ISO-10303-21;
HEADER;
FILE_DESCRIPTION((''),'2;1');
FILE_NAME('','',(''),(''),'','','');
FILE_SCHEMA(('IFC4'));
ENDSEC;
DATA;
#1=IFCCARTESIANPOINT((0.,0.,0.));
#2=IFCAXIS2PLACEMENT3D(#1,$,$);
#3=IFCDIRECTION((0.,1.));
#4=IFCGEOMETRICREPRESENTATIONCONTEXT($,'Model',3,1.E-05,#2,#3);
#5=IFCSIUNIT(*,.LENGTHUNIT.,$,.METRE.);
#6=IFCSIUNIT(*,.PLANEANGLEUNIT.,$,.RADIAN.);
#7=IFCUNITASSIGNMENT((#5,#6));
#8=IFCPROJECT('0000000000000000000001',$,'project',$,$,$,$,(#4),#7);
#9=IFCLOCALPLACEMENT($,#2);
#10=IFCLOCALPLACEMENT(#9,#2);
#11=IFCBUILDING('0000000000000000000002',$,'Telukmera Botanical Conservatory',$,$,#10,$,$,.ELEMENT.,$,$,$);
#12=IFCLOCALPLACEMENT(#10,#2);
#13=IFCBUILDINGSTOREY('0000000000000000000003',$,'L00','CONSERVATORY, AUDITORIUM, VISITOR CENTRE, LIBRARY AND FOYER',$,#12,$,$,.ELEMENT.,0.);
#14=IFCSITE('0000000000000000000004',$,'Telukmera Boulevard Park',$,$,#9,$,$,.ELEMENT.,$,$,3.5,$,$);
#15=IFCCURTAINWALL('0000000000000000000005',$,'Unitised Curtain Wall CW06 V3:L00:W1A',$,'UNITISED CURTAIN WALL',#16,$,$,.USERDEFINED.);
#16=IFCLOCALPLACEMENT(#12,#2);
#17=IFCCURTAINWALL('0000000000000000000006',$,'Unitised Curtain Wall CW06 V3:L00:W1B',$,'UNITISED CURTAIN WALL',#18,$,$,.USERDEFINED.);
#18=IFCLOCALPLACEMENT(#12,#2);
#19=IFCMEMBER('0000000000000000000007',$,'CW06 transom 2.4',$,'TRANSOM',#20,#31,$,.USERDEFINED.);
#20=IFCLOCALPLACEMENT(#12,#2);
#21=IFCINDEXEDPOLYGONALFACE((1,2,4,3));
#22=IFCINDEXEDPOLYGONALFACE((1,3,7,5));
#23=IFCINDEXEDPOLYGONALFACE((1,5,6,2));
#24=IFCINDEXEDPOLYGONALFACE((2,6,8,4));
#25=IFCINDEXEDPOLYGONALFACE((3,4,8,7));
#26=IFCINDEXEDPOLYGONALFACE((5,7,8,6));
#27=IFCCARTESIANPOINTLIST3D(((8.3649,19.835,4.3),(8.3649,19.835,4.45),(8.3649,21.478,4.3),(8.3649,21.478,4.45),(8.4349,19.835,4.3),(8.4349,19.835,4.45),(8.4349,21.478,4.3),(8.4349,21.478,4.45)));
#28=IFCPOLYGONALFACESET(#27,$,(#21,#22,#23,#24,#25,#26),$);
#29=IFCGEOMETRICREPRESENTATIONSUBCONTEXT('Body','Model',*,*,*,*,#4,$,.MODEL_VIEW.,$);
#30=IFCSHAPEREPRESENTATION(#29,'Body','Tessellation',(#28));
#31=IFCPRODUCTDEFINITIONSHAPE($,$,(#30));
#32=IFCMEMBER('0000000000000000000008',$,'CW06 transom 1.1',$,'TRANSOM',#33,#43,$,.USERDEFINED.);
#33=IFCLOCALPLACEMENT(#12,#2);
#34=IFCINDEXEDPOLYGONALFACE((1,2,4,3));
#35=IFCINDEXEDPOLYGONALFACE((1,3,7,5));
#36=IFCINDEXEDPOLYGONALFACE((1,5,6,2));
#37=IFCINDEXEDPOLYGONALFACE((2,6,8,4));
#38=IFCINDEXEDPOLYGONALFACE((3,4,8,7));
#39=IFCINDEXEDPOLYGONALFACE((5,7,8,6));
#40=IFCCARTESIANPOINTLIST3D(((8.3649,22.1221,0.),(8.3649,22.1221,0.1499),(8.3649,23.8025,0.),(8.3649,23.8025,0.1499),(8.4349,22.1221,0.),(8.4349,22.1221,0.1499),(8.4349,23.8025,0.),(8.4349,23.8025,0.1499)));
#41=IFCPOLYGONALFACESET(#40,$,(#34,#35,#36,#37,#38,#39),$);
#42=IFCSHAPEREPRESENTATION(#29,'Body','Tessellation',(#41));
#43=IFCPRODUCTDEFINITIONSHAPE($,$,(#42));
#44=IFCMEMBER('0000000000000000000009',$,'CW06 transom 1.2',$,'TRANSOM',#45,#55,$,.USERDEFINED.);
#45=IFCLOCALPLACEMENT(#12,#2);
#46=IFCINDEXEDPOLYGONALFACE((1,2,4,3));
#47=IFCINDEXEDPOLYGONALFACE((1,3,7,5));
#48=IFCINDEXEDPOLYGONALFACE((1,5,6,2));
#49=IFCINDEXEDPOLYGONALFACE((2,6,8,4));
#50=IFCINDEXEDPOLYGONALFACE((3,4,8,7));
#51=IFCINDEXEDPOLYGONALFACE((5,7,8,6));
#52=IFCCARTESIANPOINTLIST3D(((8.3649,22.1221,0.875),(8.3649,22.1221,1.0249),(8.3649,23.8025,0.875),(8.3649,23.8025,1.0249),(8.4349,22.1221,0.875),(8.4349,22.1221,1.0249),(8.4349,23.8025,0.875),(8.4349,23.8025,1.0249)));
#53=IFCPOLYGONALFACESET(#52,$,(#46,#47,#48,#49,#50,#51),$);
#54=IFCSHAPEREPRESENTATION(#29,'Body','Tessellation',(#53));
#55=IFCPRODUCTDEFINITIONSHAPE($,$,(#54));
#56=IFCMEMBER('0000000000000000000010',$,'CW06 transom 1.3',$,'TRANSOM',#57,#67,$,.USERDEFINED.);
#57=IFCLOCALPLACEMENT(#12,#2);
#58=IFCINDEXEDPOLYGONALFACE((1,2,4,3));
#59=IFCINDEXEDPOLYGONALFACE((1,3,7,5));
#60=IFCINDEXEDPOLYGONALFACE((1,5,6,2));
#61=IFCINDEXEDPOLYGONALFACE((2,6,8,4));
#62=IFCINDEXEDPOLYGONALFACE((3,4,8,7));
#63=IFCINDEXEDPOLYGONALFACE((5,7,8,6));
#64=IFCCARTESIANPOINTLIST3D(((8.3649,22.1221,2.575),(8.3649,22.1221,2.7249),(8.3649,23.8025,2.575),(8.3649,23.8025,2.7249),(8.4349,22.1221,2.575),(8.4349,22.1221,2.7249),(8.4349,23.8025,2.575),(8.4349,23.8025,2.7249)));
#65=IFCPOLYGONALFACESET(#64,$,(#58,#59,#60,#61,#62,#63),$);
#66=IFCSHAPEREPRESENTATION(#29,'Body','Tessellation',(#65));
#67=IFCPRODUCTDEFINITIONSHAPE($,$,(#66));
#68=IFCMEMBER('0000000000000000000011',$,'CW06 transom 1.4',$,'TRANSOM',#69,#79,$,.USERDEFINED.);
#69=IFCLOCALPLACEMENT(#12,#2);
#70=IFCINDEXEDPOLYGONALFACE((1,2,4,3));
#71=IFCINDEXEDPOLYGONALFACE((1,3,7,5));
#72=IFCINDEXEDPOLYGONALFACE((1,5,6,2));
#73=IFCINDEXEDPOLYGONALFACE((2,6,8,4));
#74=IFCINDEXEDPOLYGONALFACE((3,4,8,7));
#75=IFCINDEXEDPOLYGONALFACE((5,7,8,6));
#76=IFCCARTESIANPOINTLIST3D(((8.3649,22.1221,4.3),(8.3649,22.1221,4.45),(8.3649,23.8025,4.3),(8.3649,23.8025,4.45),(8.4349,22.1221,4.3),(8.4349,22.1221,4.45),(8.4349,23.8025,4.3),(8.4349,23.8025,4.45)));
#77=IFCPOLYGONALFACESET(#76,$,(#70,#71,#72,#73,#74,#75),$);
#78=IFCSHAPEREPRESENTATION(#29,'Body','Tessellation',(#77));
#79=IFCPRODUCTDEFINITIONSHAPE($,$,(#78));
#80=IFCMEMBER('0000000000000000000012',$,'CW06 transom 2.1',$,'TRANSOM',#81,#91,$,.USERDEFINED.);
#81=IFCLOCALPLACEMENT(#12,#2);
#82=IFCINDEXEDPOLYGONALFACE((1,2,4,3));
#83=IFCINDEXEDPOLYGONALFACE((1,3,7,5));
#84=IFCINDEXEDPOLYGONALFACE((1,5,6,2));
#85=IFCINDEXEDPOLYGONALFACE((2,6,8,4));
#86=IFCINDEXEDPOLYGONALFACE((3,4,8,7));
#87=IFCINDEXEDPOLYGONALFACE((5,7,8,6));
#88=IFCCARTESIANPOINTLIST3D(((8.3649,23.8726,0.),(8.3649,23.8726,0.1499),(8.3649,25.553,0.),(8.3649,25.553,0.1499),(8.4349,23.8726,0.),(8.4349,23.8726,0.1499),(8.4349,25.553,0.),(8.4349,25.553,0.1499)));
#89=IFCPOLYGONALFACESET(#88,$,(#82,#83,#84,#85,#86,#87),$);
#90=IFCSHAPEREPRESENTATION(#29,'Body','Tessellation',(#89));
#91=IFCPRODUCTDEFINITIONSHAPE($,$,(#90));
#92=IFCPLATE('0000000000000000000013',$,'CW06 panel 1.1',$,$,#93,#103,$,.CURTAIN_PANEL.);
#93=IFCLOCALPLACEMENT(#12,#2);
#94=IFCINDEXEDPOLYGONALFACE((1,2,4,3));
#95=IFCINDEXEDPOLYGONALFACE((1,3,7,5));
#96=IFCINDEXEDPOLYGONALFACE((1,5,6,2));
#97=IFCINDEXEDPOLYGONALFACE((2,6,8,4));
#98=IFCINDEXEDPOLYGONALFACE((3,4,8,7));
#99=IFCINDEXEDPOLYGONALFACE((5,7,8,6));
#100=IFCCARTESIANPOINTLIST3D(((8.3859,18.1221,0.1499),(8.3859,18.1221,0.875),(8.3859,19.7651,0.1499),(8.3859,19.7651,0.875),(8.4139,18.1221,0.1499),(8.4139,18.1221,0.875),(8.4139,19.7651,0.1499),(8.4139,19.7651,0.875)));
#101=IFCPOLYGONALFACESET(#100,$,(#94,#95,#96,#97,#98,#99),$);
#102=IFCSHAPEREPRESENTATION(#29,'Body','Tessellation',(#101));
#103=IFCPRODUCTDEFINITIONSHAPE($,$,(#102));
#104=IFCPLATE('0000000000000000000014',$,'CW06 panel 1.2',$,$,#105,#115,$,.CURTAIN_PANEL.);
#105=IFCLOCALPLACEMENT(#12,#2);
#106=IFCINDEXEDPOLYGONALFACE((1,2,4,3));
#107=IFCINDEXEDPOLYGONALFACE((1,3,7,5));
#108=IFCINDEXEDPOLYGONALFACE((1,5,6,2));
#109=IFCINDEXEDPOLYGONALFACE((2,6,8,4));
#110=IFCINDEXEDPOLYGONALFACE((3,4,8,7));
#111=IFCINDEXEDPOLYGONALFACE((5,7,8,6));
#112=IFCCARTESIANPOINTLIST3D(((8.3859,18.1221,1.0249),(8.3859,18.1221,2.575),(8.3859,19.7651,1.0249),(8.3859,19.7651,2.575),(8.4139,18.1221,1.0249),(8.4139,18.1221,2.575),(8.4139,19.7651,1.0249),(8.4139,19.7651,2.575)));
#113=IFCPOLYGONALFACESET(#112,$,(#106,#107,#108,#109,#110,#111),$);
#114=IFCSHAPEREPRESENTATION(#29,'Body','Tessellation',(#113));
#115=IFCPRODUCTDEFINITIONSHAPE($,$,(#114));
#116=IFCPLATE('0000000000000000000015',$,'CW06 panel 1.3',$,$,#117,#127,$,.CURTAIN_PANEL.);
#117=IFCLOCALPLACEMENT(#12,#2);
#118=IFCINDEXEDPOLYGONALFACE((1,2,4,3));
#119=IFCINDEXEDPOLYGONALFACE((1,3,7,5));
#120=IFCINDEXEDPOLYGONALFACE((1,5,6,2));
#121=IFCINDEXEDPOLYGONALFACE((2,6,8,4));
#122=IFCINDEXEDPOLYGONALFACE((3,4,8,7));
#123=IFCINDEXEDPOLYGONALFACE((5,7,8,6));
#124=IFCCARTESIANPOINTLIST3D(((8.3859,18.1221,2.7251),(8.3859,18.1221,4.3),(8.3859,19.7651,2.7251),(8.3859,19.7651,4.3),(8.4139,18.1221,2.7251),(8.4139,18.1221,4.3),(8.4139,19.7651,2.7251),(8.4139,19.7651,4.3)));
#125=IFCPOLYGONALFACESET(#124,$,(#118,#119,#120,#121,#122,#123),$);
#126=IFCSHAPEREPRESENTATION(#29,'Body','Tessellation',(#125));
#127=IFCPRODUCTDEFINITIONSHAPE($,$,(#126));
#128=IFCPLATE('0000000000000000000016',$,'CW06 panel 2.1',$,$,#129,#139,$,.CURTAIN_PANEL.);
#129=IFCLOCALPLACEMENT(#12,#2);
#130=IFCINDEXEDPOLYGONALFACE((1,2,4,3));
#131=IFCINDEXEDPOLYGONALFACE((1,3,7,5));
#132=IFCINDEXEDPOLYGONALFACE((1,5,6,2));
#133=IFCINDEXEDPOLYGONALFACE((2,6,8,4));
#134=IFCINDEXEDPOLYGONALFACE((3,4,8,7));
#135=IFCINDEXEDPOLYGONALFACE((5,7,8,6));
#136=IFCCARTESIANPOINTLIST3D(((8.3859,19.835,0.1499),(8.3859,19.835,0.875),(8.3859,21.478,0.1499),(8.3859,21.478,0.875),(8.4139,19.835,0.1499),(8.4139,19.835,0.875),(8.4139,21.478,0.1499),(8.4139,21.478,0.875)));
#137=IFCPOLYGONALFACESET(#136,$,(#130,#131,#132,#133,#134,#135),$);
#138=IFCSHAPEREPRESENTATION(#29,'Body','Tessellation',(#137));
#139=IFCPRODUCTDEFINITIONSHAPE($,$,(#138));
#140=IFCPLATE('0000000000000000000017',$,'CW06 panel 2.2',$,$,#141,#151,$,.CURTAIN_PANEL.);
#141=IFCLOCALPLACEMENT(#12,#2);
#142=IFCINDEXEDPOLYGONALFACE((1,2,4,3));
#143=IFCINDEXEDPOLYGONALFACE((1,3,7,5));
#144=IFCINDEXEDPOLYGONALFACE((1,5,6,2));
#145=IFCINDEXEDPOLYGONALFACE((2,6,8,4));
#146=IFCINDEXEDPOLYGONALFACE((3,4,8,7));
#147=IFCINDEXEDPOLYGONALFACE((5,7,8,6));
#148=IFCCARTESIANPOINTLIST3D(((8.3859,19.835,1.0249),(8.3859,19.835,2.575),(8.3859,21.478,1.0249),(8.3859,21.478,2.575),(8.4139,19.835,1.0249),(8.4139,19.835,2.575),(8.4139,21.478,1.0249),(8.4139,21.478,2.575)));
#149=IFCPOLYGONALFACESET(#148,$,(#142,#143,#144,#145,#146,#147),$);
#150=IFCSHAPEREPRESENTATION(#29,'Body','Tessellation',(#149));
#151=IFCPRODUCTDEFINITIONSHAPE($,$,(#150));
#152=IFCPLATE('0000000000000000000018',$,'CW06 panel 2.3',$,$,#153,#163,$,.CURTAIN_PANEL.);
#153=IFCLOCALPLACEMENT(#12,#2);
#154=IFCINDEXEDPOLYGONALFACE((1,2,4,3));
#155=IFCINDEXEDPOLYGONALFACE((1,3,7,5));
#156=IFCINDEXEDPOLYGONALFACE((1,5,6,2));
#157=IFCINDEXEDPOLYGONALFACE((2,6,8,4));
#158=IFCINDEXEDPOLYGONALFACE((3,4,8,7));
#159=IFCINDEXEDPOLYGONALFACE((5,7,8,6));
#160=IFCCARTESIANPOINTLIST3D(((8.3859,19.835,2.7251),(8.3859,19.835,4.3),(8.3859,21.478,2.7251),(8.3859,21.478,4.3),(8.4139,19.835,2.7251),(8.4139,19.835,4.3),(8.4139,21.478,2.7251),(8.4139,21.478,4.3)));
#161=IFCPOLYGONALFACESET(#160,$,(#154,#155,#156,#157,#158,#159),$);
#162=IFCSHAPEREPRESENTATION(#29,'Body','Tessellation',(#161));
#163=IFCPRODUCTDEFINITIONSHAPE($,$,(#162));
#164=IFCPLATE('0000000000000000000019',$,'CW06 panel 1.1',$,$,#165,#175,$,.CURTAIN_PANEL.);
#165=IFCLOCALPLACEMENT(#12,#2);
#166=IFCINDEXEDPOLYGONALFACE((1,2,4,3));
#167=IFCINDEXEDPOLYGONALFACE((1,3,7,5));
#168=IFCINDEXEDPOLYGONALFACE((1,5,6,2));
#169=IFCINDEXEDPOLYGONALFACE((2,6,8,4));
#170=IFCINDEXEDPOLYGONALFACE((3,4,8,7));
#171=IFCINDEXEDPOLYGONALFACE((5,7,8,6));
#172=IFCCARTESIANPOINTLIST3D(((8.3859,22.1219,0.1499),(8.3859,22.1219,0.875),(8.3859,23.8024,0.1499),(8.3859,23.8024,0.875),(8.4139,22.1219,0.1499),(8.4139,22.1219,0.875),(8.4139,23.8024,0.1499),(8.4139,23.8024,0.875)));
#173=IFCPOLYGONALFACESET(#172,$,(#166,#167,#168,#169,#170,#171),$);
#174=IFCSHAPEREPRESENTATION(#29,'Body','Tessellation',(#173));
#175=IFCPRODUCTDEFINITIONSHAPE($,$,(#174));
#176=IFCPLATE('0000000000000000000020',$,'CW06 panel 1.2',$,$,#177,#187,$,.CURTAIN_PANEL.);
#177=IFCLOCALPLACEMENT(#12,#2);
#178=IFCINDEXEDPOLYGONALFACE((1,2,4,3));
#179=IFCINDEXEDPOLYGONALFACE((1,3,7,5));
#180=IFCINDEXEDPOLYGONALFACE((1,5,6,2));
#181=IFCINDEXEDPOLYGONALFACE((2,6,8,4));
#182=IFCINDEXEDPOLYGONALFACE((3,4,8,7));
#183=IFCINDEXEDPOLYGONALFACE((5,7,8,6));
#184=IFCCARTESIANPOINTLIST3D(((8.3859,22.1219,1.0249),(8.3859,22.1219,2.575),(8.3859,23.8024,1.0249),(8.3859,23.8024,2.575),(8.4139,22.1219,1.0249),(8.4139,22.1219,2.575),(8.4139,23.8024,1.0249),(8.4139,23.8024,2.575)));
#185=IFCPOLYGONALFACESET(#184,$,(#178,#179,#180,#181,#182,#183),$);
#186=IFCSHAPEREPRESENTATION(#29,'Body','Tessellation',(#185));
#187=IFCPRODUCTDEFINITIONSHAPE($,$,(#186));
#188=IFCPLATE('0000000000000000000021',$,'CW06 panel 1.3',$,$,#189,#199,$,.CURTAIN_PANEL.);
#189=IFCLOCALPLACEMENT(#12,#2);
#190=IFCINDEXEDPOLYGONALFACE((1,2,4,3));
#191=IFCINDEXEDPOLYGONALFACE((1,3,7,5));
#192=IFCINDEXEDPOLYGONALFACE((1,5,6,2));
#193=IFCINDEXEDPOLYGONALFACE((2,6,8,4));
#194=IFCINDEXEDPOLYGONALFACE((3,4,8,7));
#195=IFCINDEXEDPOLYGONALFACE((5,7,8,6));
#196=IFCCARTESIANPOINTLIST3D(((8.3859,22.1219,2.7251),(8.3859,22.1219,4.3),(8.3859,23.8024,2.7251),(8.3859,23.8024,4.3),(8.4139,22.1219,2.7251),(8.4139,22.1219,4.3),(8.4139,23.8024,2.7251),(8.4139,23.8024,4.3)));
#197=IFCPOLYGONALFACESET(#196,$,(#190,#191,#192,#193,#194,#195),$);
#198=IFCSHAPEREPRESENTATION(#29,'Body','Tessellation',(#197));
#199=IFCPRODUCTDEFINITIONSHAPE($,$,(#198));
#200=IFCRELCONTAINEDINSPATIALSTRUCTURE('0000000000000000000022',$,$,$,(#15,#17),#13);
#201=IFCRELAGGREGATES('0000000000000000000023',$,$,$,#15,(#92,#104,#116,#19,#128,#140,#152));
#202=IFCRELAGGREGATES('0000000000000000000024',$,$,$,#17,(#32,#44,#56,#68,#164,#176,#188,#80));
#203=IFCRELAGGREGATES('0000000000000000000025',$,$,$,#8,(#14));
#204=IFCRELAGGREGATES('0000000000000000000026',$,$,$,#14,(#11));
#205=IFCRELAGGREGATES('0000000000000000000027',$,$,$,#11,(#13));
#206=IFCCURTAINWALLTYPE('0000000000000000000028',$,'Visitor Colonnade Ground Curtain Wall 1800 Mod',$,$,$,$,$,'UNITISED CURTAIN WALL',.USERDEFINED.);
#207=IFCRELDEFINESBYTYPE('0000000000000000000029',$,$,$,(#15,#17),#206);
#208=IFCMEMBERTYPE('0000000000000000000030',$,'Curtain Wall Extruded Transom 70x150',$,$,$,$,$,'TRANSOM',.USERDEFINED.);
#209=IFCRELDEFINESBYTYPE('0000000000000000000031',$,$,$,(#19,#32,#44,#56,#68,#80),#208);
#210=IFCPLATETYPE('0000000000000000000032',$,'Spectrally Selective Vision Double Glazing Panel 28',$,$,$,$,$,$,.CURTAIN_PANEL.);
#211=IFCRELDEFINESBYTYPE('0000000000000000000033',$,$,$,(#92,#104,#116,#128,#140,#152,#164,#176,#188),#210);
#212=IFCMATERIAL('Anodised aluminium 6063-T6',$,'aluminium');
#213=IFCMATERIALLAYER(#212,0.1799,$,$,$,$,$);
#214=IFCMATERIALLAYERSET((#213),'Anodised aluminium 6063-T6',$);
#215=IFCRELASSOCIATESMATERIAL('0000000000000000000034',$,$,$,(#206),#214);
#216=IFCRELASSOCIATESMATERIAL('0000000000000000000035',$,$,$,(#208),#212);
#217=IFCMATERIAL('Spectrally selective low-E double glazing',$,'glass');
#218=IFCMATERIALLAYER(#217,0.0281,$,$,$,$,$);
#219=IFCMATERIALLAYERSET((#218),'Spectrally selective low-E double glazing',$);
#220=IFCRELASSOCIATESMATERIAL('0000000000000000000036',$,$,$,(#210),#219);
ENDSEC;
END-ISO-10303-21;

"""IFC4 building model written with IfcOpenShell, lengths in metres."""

from ifc_helpers import new_model, si_unit, direction, frame, origin, origin_2d, place, context, subcontext, project, spatial, rectangle, extrude, material, layer, layer_set, material_profile, profile_set, type_object, element, aggregate, save


model = new_model("IFC4")

# Units and contexts
model_context = context("Model", 3, precision=1e-05, world=origin(), true_north=direction((0.0, 1.0)))
body_context = subcontext(model_context, "Body", "Model", "MODEL_VIEW")
ifc_project = project(units=[si_unit("LENGTHUNIT", "METRE"), si_unit("PLANEANGLEUNIT", "RADIAN")], contexts=[model_context])

# Site, building, storey
site_placement = place(None, origin())
site = spatial("IfcSite", under=ifc_project, at=site_placement, Name="Telukmera Boulevard Park", CompositionType="ELEMENT", RefElevation=3.5)
building_placement = place(site_placement, origin())
building = spatial("IfcBuilding", under=site, at=building_placement, Name="Telukmera Botanical Conservatory", CompositionType="ELEMENT")
storey_placement = place(building_placement, origin())
storey = spatial("IfcBuildingStorey", under=building, at=storey_placement, Name="L00", Description="CONSERVATORY, AUDITORIUM, VISITOR CENTRE, LIBRARY AND FOYER", CompositionType="ELEMENT", Elevation=0.0)

# Curtain walls
ifc_material_1 = material(Name="Anodised aluminium 6063-T6", Category="aluminium")
ifc_layer_1 = layer(ifc_material_1, 0.1799)
ifc_layer_set_1 = layer_set([ifc_layer_1], Name="Anodised aluminium 6063-T6")
curtain_wall_type = type_object("IfcCurtainWallType", Name="Visitor Colonnade Ground Curtain Wall 1800 Mod", ElementType="UNITISED CURTAIN WALL", PredefinedType="USERDEFINED", material=ifc_layer_set_1)
curtain_wall_1_placement = place(storey_placement, origin())
curtain_wall_1 = element("IfcCurtainWall", 1, at=curtain_wall_1_placement, inside=storey, type_object=curtain_wall_type, Name="Unitised Curtain Wall CW06 V3:L00:W1A", ObjectType="UNITISED CURTAIN WALL", PredefinedType="USERDEFINED")
curtain_wall_2_placement = place(storey_placement, origin())
curtain_wall_2 = element("IfcCurtainWall", 2, at=curtain_wall_2_placement, inside=storey, type_object=curtain_wall_type, Name="Unitised Curtain Wall CW06 V3:L00:W1B", ObjectType="UNITISED CURTAIN WALL", PredefinedType="USERDEFINED")

# Members
ifc_material_profile_1 = material_profile(ifc_material_1, rectangle(XDim=0.0701, YDim=0.1499, at=origin_2d()), Name="ALU TRAN 70x150")
ifc_profile_set_1 = profile_set([ifc_material_profile_1], Name="Anodised aluminium 6063-T6")
member_type_1 = type_object("IfcMemberType", Name="Curtain Wall Extruded Transom 70x150", ElementType="TRANSOM", PredefinedType="USERDEFINED", material=ifc_profile_set_1)
member_1_placement = place(storey_placement, frame((8.3999, 19.835, 4.375), z_axis=(0.0, 1.0, 0.0), x_axis=(-1.0, 0.0, 0.0)))
member_1 = element("IfcMember", 3, at=member_1_placement, type_object=member_type_1, Name="CW06 transom 2.4", ObjectType="TRANSOM", PredefinedType="USERDEFINED", context=body_context, shape_type="SweptSolid", body=[
    extrude(rectangle(XDim=0.0701, YDim=0.1499, at=origin_2d()), origin(), (0.0, 0.0, 1.0), 1.6431),
])
member_2_placement = place(storey_placement, frame((8.3999, 22.1221, 0.075), z_axis=(0.0, 1.0, 0.0), x_axis=(-1.0, 0.0, 0.0)))
member_2 = element("IfcMember", 4, at=member_2_placement, type_object=member_type_1, Name="CW06 transom 1.1", ObjectType="TRANSOM", PredefinedType="USERDEFINED", context=body_context, shape_type="SweptSolid", body=[
    extrude(rectangle(XDim=0.0701, YDim=0.1499, at=origin_2d()), origin(), (0.0, 0.0, 1.0), 1.6804),
])
member_3_placement = place(storey_placement, frame((8.3999, 22.1221, 0.95), z_axis=(0.0, 1.0, 0.0), x_axis=(-1.0, 0.0, 0.0)))
member_3 = element("IfcMember", 5, at=member_3_placement, type_object=member_type_1, Name="CW06 transom 1.2", ObjectType="TRANSOM", PredefinedType="USERDEFINED", context=body_context, shape_type="SweptSolid", body=[
    extrude(rectangle(XDim=0.0701, YDim=0.1499, at=origin_2d()), origin(), (0.0, 0.0, 1.0), 1.6804),
])
member_4_placement = place(storey_placement, frame((8.3999, 22.1221, 2.6499), z_axis=(0.0, 1.0, 0.0), x_axis=(-1.0, 0.0, 0.0)))
member_4 = element("IfcMember", 6, at=member_4_placement, type_object=member_type_1, Name="CW06 transom 1.3", ObjectType="TRANSOM", PredefinedType="USERDEFINED", context=body_context, shape_type="SweptSolid", body=[
    extrude(rectangle(XDim=0.0701, YDim=0.1499, at=origin_2d()), origin(), (0.0, 0.0, 1.0), 1.6804),
])
member_5_placement = place(storey_placement, frame((8.3999, 22.1221, 4.375), z_axis=(0.0, 1.0, 0.0), x_axis=(-1.0, 0.0, 0.0)))
member_5 = element("IfcMember", 7, at=member_5_placement, type_object=member_type_1, Name="CW06 transom 1.4", ObjectType="TRANSOM", PredefinedType="USERDEFINED", context=body_context, shape_type="SweptSolid", body=[
    extrude(rectangle(XDim=0.0701, YDim=0.1499, at=origin_2d()), origin(), (0.0, 0.0, 1.0), 1.6804),
])
member_6_placement = place(storey_placement, frame((8.3999, 23.8726, 0.075), z_axis=(0.0, 1.0, 0.0), x_axis=(-1.0, 0.0, 0.0)))
member_6 = element("IfcMember", 8, at=member_6_placement, type_object=member_type_1, Name="CW06 transom 2.1", ObjectType="TRANSOM", PredefinedType="USERDEFINED", context=body_context, shape_type="SweptSolid", body=[
    extrude(rectangle(XDim=0.0701, YDim=0.1499, at=origin_2d()), origin(), (0.0, 0.0, 1.0), 1.6804),
])

# Plates
ifc_material_2 = material(Name="Spectrally selective low-E double glazing", Category="glass")
ifc_layer_2 = layer(ifc_material_2, 0.0281)
ifc_layer_set_2 = layer_set([ifc_layer_2], Name="Spectrally selective low-E double glazing")
plate_type = type_object("IfcPlateType", Name="Spectrally Selective Vision Double Glazing Panel 28", PredefinedType="CURTAIN_PANEL", material=ifc_layer_set_2)
plate_1_placement = place(storey_placement, frame((8.3999, 18.9436, 0.1499), z_axis=(0.0, 0.0, 1.0), x_axis=(0.0, 1.0, 0.0)))
plate_1 = element("IfcPlate", 9, at=plate_1_placement, type_object=plate_type, Name="CW06 panel 1.1", PredefinedType="CURTAIN_PANEL", context=body_context, shape_type="SweptSolid", body=[
    extrude(rectangle(XDim=1.6431, YDim=0.0281, at=origin_2d()), origin(), (0.0, 0.0, 1.0), 0.7251),
])
plate_2_placement = place(storey_placement, frame((8.3999, 18.9436, 1.0249), z_axis=(0.0, 0.0, 1.0), x_axis=(0.0, 1.0, 0.0)))
plate_2 = element("IfcPlate", 10, at=plate_2_placement, type_object=plate_type, Name="CW06 panel 1.2", PredefinedType="CURTAIN_PANEL", context=body_context, shape_type="SweptSolid", body=[
    extrude(rectangle(XDim=1.6431, YDim=0.0281, at=origin_2d()), origin(), (0.0, 0.0, 1.0), 1.55),
])
plate_3_placement = place(storey_placement, frame((8.3999, 18.9436, 2.7251), z_axis=(0.0, 0.0, 1.0), x_axis=(0.0, 1.0, 0.0)))
plate_3 = element("IfcPlate", 11, at=plate_3_placement, type_object=plate_type, Name="CW06 panel 1.3", PredefinedType="CURTAIN_PANEL", context=body_context, shape_type="SweptSolid", body=[
    extrude(rectangle(XDim=1.6431, YDim=0.0281, at=origin_2d()), origin(), (0.0, 0.0, 1.0), 1.575),
])
plate_4_placement = place(storey_placement, frame((8.3999, 20.6565, 0.1499), z_axis=(0.0, 0.0, 1.0), x_axis=(0.0, 1.0, 0.0)))
plate_4 = element("IfcPlate", 12, at=plate_4_placement, type_object=plate_type, Name="CW06 panel 2.1", PredefinedType="CURTAIN_PANEL", context=body_context, shape_type="SweptSolid", body=[
    extrude(rectangle(XDim=1.6431, YDim=0.0281, at=origin_2d()), origin(), (0.0, 0.0, 1.0), 0.7251),
])
plate_5_placement = place(storey_placement, frame((8.3999, 20.6565, 1.0249), z_axis=(0.0, 0.0, 1.0), x_axis=(0.0, 1.0, 0.0)))
plate_5 = element("IfcPlate", 13, at=plate_5_placement, type_object=plate_type, Name="CW06 panel 2.2", PredefinedType="CURTAIN_PANEL", context=body_context, shape_type="SweptSolid", body=[
    extrude(rectangle(XDim=1.6431, YDim=0.0281, at=origin_2d()), origin(), (0.0, 0.0, 1.0), 1.55),
])
plate_6_placement = place(storey_placement, frame((8.3999, 20.6565, 2.7251), z_axis=(0.0, 0.0, 1.0), x_axis=(0.0, 1.0, 0.0)))
plate_6 = element("IfcPlate", 14, at=plate_6_placement, type_object=plate_type, Name="CW06 panel 2.3", PredefinedType="CURTAIN_PANEL", context=body_context, shape_type="SweptSolid", body=[
    extrude(rectangle(XDim=1.6431, YDim=0.0281, at=origin_2d()), origin(), (0.0, 0.0, 1.0), 1.575),
])
aggregate(curtain_wall_1, [plate_1, plate_2, plate_3, member_1, plate_4, plate_5, plate_6])
plate_7_placement = place(storey_placement, frame((8.3999, 22.9622, 0.1499), z_axis=(0.0, 0.0, 1.0), x_axis=(0.0, 1.0, 0.0)))
plate_7 = element("IfcPlate", 15, at=plate_7_placement, type_object=plate_type, Name="CW06 panel 1.1", PredefinedType="CURTAIN_PANEL", context=body_context, shape_type="SweptSolid", body=[
    extrude(rectangle(XDim=1.6804, YDim=0.0281, at=origin_2d()), origin(), (0.0, 0.0, 1.0), 0.7251),
])
plate_8_placement = place(storey_placement, frame((8.3999, 22.9622, 1.0249), z_axis=(0.0, 0.0, 1.0), x_axis=(0.0, 1.0, 0.0)))
plate_8 = element("IfcPlate", 16, at=plate_8_placement, type_object=plate_type, Name="CW06 panel 1.2", PredefinedType="CURTAIN_PANEL", context=body_context, shape_type="SweptSolid", body=[
    extrude(rectangle(XDim=1.6804, YDim=0.0281, at=origin_2d()), origin(), (0.0, 0.0, 1.0), 1.55),
])
plate_9_placement = place(storey_placement, frame((8.3999, 22.9622, 2.7251), z_axis=(0.0, 0.0, 1.0), x_axis=(0.0, 1.0, 0.0)))
plate_9 = element("IfcPlate", 17, at=plate_9_placement, type_object=plate_type, Name="CW06 panel 1.3", PredefinedType="CURTAIN_PANEL", context=body_context, shape_type="SweptSolid", body=[
    extrude(rectangle(XDim=1.6804, YDim=0.0281, at=origin_2d()), origin(), (0.0, 0.0, 1.0), 1.575),
])
aggregate(curtain_wall_2, [member_2, member_3, member_4, member_5, plate_7, plate_8, plate_9, member_6])

save(model, "model.ifc")
